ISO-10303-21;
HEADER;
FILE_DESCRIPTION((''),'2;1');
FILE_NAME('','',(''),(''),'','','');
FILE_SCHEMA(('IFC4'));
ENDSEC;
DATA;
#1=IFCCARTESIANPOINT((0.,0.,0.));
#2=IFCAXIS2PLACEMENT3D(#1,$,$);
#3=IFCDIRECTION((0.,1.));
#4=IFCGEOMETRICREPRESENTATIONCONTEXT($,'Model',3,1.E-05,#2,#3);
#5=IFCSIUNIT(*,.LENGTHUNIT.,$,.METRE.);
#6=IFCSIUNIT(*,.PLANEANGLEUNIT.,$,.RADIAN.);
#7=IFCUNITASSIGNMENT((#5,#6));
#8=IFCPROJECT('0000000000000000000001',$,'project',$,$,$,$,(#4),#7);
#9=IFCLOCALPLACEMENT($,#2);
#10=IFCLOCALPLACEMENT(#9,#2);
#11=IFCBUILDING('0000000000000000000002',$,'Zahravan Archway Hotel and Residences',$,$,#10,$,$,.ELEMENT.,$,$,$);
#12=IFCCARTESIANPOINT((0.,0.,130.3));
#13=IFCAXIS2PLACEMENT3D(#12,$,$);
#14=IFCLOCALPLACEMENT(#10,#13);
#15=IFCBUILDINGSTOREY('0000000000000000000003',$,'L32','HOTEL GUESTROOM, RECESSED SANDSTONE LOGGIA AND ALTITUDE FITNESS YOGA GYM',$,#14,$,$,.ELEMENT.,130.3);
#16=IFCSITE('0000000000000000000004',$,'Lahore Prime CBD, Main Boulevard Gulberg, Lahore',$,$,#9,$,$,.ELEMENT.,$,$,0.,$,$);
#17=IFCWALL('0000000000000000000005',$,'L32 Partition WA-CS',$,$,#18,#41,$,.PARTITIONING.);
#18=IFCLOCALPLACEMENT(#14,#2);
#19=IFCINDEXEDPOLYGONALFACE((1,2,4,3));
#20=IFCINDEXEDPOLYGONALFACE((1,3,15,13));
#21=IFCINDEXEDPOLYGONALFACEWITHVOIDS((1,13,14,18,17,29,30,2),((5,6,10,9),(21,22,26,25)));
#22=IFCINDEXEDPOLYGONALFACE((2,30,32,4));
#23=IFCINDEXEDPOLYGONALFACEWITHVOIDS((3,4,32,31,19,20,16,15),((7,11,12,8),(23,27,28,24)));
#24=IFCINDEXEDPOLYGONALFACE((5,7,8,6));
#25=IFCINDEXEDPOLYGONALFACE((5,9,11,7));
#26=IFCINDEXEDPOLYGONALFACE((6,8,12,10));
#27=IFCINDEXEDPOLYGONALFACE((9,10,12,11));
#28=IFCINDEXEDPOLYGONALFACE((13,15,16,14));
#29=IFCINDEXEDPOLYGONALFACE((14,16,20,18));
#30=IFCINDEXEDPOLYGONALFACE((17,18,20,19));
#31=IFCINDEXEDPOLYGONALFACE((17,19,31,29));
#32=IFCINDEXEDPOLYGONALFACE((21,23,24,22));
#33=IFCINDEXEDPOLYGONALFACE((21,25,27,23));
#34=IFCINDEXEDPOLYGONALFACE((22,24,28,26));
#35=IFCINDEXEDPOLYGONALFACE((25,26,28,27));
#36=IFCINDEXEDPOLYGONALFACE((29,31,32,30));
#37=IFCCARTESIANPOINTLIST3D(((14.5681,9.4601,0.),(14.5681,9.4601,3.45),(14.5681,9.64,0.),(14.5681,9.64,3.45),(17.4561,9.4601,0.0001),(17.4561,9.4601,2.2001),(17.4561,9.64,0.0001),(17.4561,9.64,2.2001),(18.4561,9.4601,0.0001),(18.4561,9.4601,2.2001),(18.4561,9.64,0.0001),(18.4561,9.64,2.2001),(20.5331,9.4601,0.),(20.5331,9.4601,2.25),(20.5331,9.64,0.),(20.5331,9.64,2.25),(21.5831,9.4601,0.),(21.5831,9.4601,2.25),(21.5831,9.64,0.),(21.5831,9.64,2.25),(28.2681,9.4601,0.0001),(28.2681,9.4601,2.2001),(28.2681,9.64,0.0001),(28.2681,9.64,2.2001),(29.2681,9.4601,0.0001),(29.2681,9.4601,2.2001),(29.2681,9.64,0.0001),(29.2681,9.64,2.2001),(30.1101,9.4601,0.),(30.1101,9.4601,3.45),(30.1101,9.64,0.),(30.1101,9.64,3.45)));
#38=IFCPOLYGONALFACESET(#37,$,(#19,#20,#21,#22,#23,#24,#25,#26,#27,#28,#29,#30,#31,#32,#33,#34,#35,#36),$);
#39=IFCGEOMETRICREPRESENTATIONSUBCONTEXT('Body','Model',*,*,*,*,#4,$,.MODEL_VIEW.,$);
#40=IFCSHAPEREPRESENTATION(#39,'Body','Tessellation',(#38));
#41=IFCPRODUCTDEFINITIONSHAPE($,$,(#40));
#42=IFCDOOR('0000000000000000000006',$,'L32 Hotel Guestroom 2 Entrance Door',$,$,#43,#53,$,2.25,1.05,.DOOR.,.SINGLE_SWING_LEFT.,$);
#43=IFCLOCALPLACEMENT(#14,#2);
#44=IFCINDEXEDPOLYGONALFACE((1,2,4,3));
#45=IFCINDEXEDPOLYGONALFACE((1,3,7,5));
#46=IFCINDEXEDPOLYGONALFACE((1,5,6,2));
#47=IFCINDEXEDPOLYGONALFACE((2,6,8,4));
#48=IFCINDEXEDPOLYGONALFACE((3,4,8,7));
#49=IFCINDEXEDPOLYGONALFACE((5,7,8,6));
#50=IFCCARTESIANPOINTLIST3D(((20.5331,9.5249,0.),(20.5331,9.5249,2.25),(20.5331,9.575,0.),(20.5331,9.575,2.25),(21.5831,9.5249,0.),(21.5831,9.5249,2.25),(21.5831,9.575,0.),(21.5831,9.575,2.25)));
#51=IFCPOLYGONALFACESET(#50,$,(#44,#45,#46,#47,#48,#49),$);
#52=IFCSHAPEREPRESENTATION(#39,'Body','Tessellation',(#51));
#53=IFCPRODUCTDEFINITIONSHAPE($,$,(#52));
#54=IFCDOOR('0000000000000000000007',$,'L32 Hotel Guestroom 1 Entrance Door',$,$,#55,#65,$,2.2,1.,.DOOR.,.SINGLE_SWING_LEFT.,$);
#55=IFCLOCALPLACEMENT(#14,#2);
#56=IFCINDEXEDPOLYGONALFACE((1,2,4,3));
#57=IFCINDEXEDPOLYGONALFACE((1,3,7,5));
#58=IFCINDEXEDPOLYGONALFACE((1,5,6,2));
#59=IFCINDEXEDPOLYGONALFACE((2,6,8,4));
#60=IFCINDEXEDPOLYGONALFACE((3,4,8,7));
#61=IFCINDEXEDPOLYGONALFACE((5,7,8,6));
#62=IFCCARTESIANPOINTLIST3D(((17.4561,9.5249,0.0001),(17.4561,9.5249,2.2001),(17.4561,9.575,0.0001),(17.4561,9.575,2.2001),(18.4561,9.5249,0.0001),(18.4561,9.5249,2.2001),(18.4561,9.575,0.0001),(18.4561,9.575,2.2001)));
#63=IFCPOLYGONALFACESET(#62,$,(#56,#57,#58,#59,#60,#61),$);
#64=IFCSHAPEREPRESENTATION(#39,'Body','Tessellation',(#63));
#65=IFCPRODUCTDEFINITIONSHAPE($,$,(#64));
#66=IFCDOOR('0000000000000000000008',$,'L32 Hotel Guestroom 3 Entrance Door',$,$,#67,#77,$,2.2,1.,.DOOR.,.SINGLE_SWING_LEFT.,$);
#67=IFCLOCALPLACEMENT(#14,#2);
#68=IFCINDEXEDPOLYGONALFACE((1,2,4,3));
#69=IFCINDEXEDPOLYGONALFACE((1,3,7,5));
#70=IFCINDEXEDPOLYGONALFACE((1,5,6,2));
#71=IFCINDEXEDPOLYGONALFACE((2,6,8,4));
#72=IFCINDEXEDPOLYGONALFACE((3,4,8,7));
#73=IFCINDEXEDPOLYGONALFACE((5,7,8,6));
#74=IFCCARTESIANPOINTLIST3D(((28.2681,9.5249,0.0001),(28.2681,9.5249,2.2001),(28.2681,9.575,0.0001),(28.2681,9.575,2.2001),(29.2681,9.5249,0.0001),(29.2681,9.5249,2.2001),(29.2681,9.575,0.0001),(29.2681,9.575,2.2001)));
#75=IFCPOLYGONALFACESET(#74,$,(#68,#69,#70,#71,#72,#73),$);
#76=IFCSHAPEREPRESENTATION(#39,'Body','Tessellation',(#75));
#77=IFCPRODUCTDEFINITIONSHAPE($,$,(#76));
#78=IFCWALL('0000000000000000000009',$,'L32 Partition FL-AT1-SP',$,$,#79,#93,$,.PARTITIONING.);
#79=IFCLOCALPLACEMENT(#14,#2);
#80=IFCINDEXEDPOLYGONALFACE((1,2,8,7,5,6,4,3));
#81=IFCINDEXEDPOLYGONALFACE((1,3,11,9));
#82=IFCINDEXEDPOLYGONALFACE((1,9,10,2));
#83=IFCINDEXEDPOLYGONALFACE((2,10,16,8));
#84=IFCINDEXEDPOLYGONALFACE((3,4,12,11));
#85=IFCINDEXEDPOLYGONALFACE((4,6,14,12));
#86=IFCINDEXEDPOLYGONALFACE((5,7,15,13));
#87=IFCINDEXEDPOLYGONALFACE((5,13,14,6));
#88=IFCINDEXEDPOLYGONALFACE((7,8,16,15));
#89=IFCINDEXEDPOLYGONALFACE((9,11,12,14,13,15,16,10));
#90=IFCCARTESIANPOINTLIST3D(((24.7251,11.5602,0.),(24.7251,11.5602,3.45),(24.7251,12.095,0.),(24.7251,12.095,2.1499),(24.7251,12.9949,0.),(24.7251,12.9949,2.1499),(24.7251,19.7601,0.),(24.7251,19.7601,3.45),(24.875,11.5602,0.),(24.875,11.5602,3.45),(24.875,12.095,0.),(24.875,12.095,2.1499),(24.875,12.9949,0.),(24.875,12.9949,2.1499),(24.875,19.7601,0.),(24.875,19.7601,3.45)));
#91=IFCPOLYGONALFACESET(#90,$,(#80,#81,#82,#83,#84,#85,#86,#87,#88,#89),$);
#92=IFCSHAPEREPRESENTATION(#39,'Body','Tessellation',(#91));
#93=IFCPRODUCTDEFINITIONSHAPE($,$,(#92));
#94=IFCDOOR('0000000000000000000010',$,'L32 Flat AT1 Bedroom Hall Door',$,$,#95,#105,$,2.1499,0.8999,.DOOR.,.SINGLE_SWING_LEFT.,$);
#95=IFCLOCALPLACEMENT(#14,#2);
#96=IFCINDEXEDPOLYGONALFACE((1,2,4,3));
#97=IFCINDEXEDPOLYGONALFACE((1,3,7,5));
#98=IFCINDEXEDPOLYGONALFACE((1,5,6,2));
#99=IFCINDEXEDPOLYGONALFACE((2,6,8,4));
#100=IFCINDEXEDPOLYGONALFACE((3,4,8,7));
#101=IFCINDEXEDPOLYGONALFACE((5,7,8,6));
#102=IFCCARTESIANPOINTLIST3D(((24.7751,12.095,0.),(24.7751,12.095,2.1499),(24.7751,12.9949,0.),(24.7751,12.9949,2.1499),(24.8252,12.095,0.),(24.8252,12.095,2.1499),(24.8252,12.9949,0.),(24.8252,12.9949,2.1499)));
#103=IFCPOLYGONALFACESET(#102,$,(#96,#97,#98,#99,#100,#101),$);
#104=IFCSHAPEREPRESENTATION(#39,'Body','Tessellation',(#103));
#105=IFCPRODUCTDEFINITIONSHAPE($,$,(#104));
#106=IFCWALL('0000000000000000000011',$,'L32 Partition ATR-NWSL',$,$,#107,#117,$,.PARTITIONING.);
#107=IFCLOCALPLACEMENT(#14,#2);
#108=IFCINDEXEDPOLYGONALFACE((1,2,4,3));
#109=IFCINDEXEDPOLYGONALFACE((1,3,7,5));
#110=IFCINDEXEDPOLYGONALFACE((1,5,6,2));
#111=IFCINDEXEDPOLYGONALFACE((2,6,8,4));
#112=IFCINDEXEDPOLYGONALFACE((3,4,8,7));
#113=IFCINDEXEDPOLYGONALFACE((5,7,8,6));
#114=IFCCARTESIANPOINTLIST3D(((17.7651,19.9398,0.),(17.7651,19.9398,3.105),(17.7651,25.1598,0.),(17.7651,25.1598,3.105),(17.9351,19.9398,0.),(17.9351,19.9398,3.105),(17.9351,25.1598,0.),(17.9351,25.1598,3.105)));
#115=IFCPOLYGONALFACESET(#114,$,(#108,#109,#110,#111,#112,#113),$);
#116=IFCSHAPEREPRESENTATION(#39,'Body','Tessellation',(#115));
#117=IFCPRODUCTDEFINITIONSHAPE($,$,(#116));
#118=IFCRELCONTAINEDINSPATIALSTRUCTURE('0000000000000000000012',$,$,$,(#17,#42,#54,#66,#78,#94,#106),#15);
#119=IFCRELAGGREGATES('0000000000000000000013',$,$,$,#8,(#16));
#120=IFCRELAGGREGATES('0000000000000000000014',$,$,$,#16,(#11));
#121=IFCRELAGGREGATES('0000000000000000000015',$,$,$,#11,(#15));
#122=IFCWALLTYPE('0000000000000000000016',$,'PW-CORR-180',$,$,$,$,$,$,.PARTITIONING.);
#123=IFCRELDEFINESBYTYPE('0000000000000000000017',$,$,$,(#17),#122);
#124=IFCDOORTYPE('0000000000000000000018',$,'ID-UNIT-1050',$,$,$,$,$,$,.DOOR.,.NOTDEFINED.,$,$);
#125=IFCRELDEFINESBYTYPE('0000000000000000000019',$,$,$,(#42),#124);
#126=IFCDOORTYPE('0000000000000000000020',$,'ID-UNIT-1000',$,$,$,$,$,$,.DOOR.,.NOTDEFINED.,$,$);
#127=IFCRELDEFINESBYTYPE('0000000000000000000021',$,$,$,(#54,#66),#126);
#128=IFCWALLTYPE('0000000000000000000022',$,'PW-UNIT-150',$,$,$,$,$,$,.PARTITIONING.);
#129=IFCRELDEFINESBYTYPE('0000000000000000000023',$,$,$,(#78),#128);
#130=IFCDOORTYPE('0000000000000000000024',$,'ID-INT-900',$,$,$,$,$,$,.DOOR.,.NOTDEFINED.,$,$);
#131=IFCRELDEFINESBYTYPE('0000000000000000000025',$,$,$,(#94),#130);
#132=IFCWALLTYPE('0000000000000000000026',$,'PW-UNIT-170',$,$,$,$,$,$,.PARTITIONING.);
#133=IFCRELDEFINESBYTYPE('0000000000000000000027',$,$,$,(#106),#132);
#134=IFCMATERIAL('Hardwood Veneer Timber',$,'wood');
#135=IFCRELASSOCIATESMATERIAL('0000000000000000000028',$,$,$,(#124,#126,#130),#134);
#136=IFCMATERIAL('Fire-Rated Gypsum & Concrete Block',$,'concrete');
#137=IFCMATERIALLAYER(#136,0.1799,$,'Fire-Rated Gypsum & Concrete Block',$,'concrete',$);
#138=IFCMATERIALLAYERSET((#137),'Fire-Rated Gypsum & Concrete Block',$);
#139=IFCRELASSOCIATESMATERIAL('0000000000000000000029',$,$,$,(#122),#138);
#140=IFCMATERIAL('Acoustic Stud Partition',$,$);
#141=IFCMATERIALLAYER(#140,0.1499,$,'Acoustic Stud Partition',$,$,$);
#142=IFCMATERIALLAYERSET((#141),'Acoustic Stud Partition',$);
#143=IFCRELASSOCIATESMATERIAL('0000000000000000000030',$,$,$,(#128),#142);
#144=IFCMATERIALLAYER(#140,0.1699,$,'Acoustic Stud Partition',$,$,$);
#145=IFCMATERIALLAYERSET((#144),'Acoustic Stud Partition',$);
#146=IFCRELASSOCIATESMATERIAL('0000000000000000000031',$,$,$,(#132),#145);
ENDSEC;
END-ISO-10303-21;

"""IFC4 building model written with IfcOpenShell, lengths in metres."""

from ifc_helpers import new_model, si_unit, direction, frame, frame_2d, origin, place, context, subcontext, project, spatial, rectangle, extrude, source, transform, mapped, material, layer, layer_set, type_object, type_shapes, element, fill, save


model = new_model("IFC4")

# Units and contexts
model_context = context("Model", 3, precision=1e-05, world=origin(), true_north=direction((0.0, 1.0)))
body_context = subcontext(model_context, "Body", "Model", "MODEL_VIEW")
ifc_project = project(units=[si_unit("LENGTHUNIT", "METRE"), si_unit("PLANEANGLEUNIT", "RADIAN")], contexts=[model_context])

# Site, building, storey
site_placement = place(None, origin())
site = spatial("IfcSite", under=ifc_project, at=site_placement, Name="Lahore Prime CBD, Main Boulevard Gulberg, Lahore", CompositionType="ELEMENT", RefElevation=0.0)
building_placement = place(site_placement, origin())
building = spatial("IfcBuilding", under=site, at=building_placement, Name="Zahravan Archway Hotel and Residences", CompositionType="ELEMENT")
storey_placement = place(building_placement, frame((0.0, 0.0, 130.3)))
storey = spatial("IfcBuildingStorey", under=building, at=storey_placement, Name="L32", Description="HOTEL GUESTROOM, RECESSED SANDSTONE LOGGIA AND ALTITUDE FITNESS YOGA GYM", CompositionType="ELEMENT", Elevation=130.3)

# Shared definitions
ifc_material_1 = material(Name="Fire-Rated Gypsum & Concrete Block", Category="concrete")
ifc_material_2 = material(Name="Hardwood Veneer Timber", Category="wood")
door_type_1 = type_object("IfcDoorType", Name="ID-UNIT-1050", OperationType="NOTDEFINED", PredefinedType="DOOR", material=ifc_material_2)
shared_shape_1 = source(origin(), body_context, "Body", "SweptSolid", [
    extrude(rectangle(XDim=1.05, YDim=2.25, at=frame_2d((0.5249, 1.125))), frame((0.0, 0.0249, 0.0), z_axis=(0.0, -1.0, 0.0), x_axis=(1.0, 0.0, 0.0)), (0.0, 0.0, 1.0), 0.05),
])
type_shapes(door_type_1, [shared_shape_1])

# Wall, openings, doors
ifc_layer_1 = layer(ifc_material_1, 0.1799, Name="Fire-Rated Gypsum & Concrete Block", Category="concrete")
ifc_layer_set_1 = layer_set([ifc_layer_1], Name="Fire-Rated Gypsum & Concrete Block")
wall_type_1 = type_object("IfcWallType", Name="PW-CORR-180", PredefinedType="PARTITIONING", material=ifc_layer_set_1)
wall_1_placement = place(storey_placement, frame((14.5681, 9.55, 0.0), z_axis=(0.0, 0.0, 1.0), x_axis=(1.0, 0.0, 0.0)))
wall_1 = element("IfcWall", 1, at=wall_1_placement, inside=storey, type_object=wall_type_1, Name="L32 Partition WA-CS", PredefinedType="PARTITIONING", context=body_context, shape_type="SweptSolid", body=[
    extrude(rectangle(XDim=15.542, YDim=0.1799, at=frame_2d((7.771, 0.0))), origin(), (0.0, 0.0, 1.0), 3.45),
])
opening_1_placement = place(wall_1_placement, frame((2.8879, 0.0, 0.0)))
opening_1 = element("IfcOpeningElement", 2, at=opening_1_placement, cuts=wall_1, PredefinedType="OPENING", context=body_context, shape_type="SweptSolid", body=[
    extrude(rectangle(XDim=1.0, YDim=2.2, at=frame_2d((0.5, 1.1001))), frame((0.0, 0.1001, 0.0), z_axis=(0.0, -1.0, 0.0), x_axis=(1.0, 0.0, 0.0)), (0.0, 0.0, 1.0), 0.2),
])
opening_2_placement = place(wall_1_placement, frame((5.9651, 0.0, 0.0)))
opening_2 = element("IfcOpeningElement", 3, at=opening_2_placement, cuts=wall_1, PredefinedType="OPENING", context=body_context, shape_type="SweptSolid", body=[
    extrude(rectangle(XDim=1.05, YDim=2.25, at=frame_2d((0.5249, 1.125))), frame((0.0, 0.1001, 0.0), z_axis=(0.0, -1.0, 0.0), x_axis=(1.0, 0.0, 0.0)), (0.0, 0.0, 1.0), 0.2),
])
opening_3_placement = place(wall_1_placement, frame((13.7, 0.0, 0.0)))
opening_3 = element("IfcOpeningElement", 4, at=opening_3_placement, cuts=wall_1, PredefinedType="OPENING", context=body_context, shape_type="SweptSolid", body=[
    extrude(rectangle(XDim=1.0, YDim=2.2, at=frame_2d((0.5, 1.1001))), frame((0.0, 0.1001, 0.0), z_axis=(0.0, -1.0, 0.0), x_axis=(1.0, 0.0, 0.0)), (0.0, 0.0, 1.0), 0.2),
])
door_1_placement = place(opening_2_placement, origin())
door_1 = element("IfcDoor", 5, at=door_1_placement, inside=storey, type_object=door_type_1, Name="L32 Hotel Guestroom 2 Entrance Door", OperationType="SINGLE_SWING_LEFT", OverallHeight=2.25, OverallWidth=1.05, PredefinedType="DOOR", context=body_context, shape_type="MappedRepresentation", body=[
    mapped(shared_shape_1, transform((0.0, 0.0, 0.0), scale=1.0)),
])
fill(opening_2, door_1)
door_type_2 = type_object("IfcDoorType", Name="ID-UNIT-1000", OperationType="NOTDEFINED", PredefinedType="DOOR", material=ifc_material_2)
shared_shape_2 = source(origin(), body_context, "Body", "SweptSolid", [
    extrude(rectangle(XDim=1.0, YDim=2.2, at=frame_2d((0.5, 1.1001))), frame((0.0, 0.0249, 0.0), z_axis=(0.0, -1.0, 0.0), x_axis=(1.0, 0.0, 0.0)), (0.0, 0.0, 1.0), 0.05),
])
type_shapes(door_type_2, [shared_shape_2])
door_2_placement = place(opening_1_placement, origin())
door_2 = element("IfcDoor", 6, at=door_2_placement, inside=storey, type_object=door_type_2, Name="L32 Hotel Guestroom 1 Entrance Door", OperationType="SINGLE_SWING_LEFT", OverallHeight=2.2, OverallWidth=1.0, PredefinedType="DOOR", context=body_context, shape_type="MappedRepresentation", body=[
    mapped(shared_shape_2, transform((0.0, 0.0, 0.0), scale=1.0)),
])
fill(opening_1, door_2)
door_3_placement = place(opening_3_placement, origin())
door_3 = element("IfcDoor", 7, at=door_3_placement, inside=storey, type_object=door_type_2, Name="L32 Hotel Guestroom 3 Entrance Door", OperationType="SINGLE_SWING_LEFT", OverallHeight=2.2, OverallWidth=1.0, PredefinedType="DOOR", context=body_context, shape_type="MappedRepresentation", body=[
    mapped(shared_shape_2, transform((0.0, 0.0, 0.0), scale=1.0)),
])
fill(opening_3, door_3)

# Wall, opening, door
ifc_material_3 = material(Name="Acoustic Stud Partition")
ifc_layer_2 = layer(ifc_material_3, 0.1499, Name="Acoustic Stud Partition")
ifc_layer_set_2 = layer_set([ifc_layer_2], Name="Acoustic Stud Partition")
wall_type_2 = type_object("IfcWallType", Name="PW-UNIT-150", PredefinedType="PARTITIONING", material=ifc_layer_set_2)
wall_2_placement = place(storey_placement, frame((24.8, 11.5601, 0.0), z_axis=(0.0, 0.0, 1.0), x_axis=(0.0, 1.0, 0.0)))
wall_2 = element("IfcWall", 8, at=wall_2_placement, inside=storey, type_object=wall_type_2, Name="L32 Partition FL-AT1-SP", PredefinedType="PARTITIONING", context=body_context, shape_type="SweptSolid", body=[
    extrude(rectangle(XDim=8.2, YDim=0.1499, at=frame_2d((4.1001, 0.0))), origin(), (0.0, 0.0, 1.0), 3.45),
])
opening_4_placement = place(wall_2_placement, frame((0.5349, 0.0, 0.0)))
opening_4 = element("IfcOpeningElement", 9, at=opening_4_placement, cuts=wall_2, PredefinedType="OPENING", context=body_context, shape_type="SweptSolid", body=[
    extrude(rectangle(XDim=0.8999, YDim=2.1499, at=frame_2d((0.45, 1.075))), frame((0.0, 0.085, 0.0), z_axis=(0.0, -1.0, 0.0), x_axis=(1.0, 0.0, 0.0)), (0.0, 0.0, 1.0), 0.1699),
])
door_type_3 = type_object("IfcDoorType", Name="ID-INT-900", OperationType="NOTDEFINED", PredefinedType="DOOR", material=ifc_material_2)
shared_shape_3 = source(origin(), body_context, "Body", "SweptSolid", [
    extrude(rectangle(XDim=0.8999, YDim=2.1499, at=frame_2d((0.45, 1.075))), frame((0.0, 0.0249, 0.0), z_axis=(0.0, -1.0, 0.0), x_axis=(1.0, 0.0, 0.0)), (0.0, 0.0, 1.0), 0.05),
])
type_shapes(door_type_3, [shared_shape_3])
door_4_placement = place(opening_4_placement, origin())
door_4 = element("IfcDoor", 10, at=door_4_placement, inside=storey, type_object=door_type_3, Name="L32 Flat AT1 Bedroom Hall Door", OperationType="SINGLE_SWING_LEFT", OverallHeight=2.1499, OverallWidth=0.8999, PredefinedType="DOOR", context=body_context, shape_type="MappedRepresentation", body=[
    mapped(shared_shape_3, transform((0.0, 0.0, 0.0), scale=1.0)),
])
fill(opening_4, door_4)

# Wall
ifc_layer_3 = layer(ifc_material_3, 0.1699, Name="Acoustic Stud Partition")
ifc_layer_set_3 = layer_set([ifc_layer_3], Name="Acoustic Stud Partition")
wall_type_3 = type_object("IfcWallType", Name="PW-UNIT-170", PredefinedType="PARTITIONING", material=ifc_layer_set_3)
wall_3_placement = place(storey_placement, frame((17.8501, 19.9399, 0.0), z_axis=(0.0, 0.0, 1.0), x_axis=(0.0, 1.0, 0.0)))
element("IfcWall", 11, at=wall_3_placement, inside=storey, type_object=wall_type_3, Name="L32 Partition ATR-NWSL", PredefinedType="PARTITIONING", context=body_context, shape_type="SweptSolid", body=[
    extrude(rectangle(XDim=5.22, YDim=0.1699, at=frame_2d((2.6099, 0.0))), origin(), (0.0, 0.0, 1.0), 3.105),
])

save(model, "model.ifc")
